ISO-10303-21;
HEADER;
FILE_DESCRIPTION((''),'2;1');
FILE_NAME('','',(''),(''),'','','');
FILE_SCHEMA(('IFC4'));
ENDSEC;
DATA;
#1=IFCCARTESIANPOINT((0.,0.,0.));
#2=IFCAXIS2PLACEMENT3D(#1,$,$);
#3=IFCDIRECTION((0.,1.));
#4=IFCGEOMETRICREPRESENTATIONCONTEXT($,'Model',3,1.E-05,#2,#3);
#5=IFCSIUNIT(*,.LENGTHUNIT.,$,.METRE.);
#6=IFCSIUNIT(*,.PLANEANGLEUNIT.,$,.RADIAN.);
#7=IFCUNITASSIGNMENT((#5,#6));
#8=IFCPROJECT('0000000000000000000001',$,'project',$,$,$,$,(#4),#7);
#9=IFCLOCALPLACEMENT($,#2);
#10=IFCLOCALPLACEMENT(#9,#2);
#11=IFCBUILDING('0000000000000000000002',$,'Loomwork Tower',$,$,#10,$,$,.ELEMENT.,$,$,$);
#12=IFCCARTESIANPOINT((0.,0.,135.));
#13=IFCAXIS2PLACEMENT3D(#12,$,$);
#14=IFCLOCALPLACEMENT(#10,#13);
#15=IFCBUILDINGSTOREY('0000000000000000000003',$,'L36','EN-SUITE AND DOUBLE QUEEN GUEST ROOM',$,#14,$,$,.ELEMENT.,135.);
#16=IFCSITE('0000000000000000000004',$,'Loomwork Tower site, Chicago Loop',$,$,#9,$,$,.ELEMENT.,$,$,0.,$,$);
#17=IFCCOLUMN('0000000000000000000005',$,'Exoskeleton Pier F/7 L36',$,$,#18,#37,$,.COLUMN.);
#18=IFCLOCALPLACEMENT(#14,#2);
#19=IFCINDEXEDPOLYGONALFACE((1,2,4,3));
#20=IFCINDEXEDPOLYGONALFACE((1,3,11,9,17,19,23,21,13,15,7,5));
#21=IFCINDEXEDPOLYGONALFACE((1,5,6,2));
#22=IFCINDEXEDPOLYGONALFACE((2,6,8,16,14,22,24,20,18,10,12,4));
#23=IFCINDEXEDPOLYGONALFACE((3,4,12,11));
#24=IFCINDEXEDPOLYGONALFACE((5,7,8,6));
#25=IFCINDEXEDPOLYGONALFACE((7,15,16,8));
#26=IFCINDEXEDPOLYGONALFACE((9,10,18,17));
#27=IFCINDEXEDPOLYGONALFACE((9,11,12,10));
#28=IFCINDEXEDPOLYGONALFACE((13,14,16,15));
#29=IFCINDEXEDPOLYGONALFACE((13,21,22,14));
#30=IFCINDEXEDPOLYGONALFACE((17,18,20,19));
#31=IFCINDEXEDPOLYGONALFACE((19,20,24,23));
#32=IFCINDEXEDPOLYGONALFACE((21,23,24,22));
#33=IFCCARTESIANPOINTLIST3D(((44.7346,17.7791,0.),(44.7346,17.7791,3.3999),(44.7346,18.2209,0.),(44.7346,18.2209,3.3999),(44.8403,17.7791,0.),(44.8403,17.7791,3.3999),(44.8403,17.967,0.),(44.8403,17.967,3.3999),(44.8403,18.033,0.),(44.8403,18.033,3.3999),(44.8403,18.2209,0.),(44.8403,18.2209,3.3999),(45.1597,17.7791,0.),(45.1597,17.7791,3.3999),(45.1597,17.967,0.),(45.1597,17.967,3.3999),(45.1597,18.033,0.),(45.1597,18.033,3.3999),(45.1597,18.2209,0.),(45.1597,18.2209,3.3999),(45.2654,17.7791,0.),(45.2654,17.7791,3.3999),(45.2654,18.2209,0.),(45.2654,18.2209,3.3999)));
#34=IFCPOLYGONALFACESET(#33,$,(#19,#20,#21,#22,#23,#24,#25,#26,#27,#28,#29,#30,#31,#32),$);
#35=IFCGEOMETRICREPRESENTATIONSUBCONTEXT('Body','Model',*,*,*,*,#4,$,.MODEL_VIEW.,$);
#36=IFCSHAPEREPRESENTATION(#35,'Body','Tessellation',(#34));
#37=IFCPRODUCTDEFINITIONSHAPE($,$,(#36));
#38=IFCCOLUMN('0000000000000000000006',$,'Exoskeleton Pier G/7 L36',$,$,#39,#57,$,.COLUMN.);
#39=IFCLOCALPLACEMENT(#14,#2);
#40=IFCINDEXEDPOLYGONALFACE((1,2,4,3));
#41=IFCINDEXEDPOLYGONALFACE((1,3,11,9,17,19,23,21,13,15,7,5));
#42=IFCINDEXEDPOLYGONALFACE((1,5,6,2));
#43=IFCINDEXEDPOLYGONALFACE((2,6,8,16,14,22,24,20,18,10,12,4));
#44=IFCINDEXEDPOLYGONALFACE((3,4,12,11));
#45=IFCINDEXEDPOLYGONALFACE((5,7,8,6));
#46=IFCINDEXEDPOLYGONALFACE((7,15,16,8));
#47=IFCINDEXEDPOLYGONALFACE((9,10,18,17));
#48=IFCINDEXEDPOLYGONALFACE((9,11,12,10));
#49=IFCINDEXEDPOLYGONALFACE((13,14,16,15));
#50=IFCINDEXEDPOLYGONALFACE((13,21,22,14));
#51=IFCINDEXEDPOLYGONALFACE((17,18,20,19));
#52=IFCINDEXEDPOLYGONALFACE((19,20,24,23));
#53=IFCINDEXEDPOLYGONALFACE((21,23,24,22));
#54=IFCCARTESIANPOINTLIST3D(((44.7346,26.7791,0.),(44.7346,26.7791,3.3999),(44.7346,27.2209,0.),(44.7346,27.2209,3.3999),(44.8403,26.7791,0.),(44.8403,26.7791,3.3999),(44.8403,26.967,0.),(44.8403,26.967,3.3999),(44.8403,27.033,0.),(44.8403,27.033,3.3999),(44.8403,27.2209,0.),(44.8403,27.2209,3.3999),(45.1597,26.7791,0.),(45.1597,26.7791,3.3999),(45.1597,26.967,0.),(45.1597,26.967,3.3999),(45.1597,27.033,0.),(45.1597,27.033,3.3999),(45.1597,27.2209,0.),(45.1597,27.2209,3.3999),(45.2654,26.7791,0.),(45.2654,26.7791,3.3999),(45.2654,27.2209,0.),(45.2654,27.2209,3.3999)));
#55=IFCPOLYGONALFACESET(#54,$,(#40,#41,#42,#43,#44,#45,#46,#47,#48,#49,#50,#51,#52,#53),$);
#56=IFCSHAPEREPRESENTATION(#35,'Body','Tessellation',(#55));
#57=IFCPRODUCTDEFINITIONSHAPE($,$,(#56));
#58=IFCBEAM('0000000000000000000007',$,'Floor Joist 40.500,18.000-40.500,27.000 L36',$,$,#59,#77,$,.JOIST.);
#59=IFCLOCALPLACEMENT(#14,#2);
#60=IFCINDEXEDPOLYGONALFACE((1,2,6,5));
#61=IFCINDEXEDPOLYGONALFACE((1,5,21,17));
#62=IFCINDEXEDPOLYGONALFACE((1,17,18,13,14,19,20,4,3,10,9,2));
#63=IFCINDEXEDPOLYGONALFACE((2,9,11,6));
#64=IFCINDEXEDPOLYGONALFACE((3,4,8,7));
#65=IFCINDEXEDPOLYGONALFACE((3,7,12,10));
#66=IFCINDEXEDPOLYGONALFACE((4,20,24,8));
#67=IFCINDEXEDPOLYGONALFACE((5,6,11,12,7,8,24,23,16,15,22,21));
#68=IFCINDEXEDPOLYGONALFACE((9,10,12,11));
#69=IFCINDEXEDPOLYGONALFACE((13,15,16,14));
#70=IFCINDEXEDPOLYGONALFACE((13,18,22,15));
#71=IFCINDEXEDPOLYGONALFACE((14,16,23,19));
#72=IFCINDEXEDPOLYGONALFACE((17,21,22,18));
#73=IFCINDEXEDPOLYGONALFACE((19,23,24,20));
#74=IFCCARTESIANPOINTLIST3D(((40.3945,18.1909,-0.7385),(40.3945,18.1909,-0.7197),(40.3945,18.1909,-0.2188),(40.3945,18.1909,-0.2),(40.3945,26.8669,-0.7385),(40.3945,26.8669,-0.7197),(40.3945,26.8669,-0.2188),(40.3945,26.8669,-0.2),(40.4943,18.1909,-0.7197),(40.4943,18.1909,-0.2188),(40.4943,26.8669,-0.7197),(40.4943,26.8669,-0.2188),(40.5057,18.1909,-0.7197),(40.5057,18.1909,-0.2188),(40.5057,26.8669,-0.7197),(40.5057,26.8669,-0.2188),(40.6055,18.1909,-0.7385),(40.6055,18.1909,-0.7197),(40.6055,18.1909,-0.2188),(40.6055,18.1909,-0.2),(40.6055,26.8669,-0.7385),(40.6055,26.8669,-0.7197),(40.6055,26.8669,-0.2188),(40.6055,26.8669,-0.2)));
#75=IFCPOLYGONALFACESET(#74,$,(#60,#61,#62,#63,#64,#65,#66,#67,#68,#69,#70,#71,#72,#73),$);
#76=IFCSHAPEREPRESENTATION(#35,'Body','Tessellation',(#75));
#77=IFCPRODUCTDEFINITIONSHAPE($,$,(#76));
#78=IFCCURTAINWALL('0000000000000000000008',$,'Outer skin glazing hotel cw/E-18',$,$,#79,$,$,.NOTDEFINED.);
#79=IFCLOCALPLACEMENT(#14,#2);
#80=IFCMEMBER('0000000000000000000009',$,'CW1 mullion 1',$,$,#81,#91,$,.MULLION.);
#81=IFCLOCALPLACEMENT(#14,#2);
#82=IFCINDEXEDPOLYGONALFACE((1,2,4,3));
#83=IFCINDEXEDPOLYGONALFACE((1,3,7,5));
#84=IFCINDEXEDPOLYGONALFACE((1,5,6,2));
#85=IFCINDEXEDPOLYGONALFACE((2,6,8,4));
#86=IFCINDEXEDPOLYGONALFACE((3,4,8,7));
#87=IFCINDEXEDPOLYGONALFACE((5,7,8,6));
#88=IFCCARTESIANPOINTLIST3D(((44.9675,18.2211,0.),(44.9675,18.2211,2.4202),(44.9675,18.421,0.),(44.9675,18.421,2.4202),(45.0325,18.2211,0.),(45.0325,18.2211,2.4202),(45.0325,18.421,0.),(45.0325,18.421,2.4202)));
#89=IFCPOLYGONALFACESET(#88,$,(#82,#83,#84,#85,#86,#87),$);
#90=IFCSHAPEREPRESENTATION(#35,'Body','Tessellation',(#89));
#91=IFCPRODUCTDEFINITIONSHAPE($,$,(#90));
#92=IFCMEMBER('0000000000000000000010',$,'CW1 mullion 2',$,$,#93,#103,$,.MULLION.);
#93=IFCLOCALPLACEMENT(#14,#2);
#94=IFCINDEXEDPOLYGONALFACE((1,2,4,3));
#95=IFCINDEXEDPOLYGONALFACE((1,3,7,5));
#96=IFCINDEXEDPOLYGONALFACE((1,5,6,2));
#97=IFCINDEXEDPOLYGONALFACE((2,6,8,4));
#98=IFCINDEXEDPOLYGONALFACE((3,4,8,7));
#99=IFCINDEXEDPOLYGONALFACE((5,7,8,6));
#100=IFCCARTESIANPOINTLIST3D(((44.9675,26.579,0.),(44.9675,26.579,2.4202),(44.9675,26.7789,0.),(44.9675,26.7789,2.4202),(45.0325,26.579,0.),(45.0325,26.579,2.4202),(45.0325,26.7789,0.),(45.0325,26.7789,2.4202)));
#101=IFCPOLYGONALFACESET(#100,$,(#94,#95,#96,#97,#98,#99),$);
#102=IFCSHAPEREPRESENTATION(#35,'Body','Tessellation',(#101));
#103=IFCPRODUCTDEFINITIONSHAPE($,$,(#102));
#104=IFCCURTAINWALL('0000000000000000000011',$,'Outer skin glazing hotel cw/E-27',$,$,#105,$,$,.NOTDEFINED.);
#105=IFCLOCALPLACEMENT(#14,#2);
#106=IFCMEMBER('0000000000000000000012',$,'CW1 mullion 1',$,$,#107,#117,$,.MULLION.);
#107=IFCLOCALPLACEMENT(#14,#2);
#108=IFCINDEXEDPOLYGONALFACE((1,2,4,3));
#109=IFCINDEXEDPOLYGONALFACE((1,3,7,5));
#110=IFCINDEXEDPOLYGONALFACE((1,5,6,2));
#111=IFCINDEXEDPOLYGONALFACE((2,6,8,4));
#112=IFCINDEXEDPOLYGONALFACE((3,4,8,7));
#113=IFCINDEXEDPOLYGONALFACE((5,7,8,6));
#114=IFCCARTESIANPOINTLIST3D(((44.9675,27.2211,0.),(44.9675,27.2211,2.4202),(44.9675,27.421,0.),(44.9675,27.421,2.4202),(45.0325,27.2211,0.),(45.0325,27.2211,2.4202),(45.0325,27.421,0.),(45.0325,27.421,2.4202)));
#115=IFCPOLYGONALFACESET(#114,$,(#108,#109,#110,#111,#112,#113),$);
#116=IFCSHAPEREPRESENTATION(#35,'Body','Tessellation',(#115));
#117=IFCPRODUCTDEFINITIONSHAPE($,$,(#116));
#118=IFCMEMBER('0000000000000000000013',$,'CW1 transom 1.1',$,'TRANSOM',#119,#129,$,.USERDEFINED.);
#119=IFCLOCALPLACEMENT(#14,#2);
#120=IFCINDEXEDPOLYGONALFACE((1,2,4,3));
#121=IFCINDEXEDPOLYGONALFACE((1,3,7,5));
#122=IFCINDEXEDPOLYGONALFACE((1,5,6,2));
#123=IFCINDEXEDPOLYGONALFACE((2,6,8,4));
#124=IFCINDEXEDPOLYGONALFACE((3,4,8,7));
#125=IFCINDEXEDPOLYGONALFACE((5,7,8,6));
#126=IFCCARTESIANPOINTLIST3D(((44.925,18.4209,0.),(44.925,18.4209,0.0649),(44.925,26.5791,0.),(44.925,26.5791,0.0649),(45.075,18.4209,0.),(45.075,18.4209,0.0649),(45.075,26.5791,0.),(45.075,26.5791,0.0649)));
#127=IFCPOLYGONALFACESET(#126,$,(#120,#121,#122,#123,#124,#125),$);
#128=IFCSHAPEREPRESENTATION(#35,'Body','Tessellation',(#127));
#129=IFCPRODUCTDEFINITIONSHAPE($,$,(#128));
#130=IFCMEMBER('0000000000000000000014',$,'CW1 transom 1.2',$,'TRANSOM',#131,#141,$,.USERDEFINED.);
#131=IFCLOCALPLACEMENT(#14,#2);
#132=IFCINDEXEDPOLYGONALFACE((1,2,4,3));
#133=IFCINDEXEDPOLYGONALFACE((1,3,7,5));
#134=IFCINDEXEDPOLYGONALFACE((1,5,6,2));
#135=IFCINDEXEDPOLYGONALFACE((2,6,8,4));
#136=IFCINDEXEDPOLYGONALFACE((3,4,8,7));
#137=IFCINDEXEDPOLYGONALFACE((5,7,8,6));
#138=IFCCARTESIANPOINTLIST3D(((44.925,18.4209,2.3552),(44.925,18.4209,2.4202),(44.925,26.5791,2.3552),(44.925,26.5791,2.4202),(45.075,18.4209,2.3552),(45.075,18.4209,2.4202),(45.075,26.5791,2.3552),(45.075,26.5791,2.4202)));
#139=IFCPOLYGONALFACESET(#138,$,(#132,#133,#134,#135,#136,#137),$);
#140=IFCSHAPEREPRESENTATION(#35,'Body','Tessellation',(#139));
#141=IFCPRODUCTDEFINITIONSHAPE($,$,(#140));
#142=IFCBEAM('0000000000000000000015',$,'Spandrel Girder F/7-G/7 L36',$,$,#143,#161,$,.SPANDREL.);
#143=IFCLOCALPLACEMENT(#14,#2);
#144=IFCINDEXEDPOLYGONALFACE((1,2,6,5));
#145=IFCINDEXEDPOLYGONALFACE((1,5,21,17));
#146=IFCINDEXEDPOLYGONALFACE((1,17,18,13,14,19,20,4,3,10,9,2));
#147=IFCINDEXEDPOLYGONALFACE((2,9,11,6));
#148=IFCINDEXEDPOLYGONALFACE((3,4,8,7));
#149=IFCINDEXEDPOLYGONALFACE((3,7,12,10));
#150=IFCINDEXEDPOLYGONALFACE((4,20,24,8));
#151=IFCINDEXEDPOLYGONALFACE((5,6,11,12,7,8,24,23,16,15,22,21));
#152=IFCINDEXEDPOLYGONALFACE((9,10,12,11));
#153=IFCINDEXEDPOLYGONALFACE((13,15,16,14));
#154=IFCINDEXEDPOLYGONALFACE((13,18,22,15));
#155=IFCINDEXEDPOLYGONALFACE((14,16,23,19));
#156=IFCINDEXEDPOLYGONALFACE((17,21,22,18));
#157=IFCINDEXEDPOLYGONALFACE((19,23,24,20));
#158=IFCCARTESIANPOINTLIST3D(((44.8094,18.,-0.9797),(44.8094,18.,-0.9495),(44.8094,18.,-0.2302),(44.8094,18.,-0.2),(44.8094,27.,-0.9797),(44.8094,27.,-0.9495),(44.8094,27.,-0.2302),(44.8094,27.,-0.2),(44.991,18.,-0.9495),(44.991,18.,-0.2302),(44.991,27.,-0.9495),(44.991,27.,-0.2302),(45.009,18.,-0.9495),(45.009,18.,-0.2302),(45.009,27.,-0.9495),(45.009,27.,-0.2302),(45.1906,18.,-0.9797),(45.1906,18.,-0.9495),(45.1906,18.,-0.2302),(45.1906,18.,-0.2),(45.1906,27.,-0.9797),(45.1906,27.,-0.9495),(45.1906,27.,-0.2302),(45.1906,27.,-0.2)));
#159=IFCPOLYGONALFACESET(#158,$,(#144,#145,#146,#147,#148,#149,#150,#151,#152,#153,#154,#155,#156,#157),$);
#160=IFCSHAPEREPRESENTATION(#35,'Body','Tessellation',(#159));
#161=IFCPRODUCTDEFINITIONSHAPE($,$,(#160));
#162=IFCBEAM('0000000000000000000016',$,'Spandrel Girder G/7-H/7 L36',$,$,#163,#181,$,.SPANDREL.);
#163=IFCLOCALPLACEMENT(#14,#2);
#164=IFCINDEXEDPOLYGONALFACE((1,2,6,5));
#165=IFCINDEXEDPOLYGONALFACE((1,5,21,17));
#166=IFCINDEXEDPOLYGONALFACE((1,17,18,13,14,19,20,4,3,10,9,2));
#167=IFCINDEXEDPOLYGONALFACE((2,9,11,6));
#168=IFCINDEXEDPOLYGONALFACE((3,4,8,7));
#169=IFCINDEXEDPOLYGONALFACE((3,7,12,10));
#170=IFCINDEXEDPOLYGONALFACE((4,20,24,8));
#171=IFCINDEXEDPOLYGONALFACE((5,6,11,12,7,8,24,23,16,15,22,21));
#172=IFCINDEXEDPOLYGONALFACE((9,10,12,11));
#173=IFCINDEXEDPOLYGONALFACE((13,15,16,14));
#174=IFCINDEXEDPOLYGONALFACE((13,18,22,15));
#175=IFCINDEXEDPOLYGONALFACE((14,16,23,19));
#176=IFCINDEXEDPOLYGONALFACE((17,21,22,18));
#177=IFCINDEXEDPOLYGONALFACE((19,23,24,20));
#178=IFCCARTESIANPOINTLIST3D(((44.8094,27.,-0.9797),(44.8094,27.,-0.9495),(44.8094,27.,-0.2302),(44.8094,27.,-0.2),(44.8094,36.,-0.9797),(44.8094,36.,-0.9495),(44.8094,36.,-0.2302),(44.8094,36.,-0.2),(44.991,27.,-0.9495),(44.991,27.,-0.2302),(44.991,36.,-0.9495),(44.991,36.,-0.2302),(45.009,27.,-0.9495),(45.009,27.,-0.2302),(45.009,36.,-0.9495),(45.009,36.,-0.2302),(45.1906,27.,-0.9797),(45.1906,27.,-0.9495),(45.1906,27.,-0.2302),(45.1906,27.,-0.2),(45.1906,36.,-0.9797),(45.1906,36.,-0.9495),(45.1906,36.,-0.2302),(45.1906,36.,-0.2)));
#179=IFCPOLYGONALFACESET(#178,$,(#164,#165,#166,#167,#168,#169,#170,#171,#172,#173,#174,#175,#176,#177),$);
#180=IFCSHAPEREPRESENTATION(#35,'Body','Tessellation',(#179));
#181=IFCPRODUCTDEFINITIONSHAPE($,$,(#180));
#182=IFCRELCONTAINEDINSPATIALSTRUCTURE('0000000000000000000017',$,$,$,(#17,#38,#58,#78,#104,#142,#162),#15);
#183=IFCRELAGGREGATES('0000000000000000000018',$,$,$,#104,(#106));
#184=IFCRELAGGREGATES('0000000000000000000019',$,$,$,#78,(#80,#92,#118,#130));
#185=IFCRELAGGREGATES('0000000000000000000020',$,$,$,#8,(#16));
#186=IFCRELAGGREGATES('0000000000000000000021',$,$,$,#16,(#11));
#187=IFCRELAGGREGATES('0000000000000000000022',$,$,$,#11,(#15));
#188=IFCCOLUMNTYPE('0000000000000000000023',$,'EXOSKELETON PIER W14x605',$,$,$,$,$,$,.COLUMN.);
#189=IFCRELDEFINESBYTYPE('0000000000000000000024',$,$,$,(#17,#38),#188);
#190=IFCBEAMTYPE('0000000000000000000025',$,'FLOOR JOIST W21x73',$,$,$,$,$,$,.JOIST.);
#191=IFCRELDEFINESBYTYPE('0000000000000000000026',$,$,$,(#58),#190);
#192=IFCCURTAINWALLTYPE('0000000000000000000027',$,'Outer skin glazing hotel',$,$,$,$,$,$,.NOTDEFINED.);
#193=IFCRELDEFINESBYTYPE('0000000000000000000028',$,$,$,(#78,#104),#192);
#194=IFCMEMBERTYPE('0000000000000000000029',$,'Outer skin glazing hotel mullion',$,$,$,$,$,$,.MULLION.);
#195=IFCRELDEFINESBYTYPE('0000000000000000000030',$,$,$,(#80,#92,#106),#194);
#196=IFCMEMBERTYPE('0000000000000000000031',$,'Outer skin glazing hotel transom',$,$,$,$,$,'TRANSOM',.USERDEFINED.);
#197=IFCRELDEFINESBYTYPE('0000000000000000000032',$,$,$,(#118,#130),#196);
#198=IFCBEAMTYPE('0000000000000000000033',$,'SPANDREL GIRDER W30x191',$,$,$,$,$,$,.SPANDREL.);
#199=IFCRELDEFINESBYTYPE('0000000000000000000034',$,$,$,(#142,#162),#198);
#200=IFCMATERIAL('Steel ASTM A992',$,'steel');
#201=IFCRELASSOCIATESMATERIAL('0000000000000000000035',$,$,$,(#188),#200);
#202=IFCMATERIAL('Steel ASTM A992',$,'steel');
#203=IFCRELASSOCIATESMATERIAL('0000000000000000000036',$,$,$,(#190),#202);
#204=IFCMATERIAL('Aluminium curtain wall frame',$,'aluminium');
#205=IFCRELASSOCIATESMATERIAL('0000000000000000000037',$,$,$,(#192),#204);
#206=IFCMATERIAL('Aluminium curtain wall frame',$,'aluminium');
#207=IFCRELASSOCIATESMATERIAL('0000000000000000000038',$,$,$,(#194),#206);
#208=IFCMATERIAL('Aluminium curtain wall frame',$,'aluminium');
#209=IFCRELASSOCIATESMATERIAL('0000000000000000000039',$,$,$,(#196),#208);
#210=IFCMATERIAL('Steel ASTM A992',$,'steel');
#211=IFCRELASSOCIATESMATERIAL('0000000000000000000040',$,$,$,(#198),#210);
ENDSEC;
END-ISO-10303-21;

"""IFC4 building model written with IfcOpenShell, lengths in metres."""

from ifc_helpers import new_model, si_unit, direction, frame, origin, origin_2d, place, context, subcontext, project, spatial, rectangle, i_section, extrude, material, material_profile, profile_set, type_object, element, aggregate, save


model = new_model("IFC4")

# Units and contexts
model_context = context("Model", 3, precision=1e-05, world=origin(), true_north=direction((0.0, 1.0)))
body_context = subcontext(model_context, "Body", "Model", "MODEL_VIEW")
ifc_project = project(units=[si_unit("LENGTHUNIT", "METRE"), si_unit("PLANEANGLEUNIT", "RADIAN")], contexts=[model_context])

# Site, building, storey
site_placement = place(None, origin())
site = spatial("IfcSite", under=ifc_project, at=site_placement, Name="Loomwork Tower site, Chicago Loop", CompositionType="ELEMENT", RefElevation=0.0)
building_placement = place(site_placement, origin())
building = spatial("IfcBuilding", under=site, at=building_placement, Name="Loomwork Tower", CompositionType="ELEMENT")
storey_placement = place(building_placement, frame((0.0, 0.0, 135.0)))
storey = spatial("IfcBuildingStorey", under=building, at=storey_placement, Name="L36", Description="EN-SUITE AND DOUBLE QUEEN GUEST ROOM", CompositionType="ELEMENT", Elevation=135.0)

# Columns
ifc_material_1 = material(Name="Steel ASTM A992", Category="steel")
ifc_material_profile_1 = material_profile(ifc_material_1, i_section(OverallWidth=0.4419, OverallDepth=0.5308, WebThickness=0.0659, FlangeThickness=0.1057, at=origin_2d()), Name="W14x605")
ifc_profile_set_1 = profile_set([ifc_material_profile_1], Name="Steel ASTM A992")
column_type = type_object("IfcColumnType", Name="EXOSKELETON PIER W14x605", PredefinedType="COLUMN", material=ifc_profile_set_1)
for number, where, z_axis, x_axis, name in (
    (1, (45.0, 18.0, 0.0), (0.0, 0.0, 1.0), (0.0, 1.0, 0.0), "Exoskeleton Pier F/7 L36"),
    (2, (45.0, 27.0, 0.0), (0.0, 0.0, 1.0), (0.0, 1.0, 0.0), "Exoskeleton Pier G/7 L36"),
):
    element("IfcColumn", number, at=place(storey_placement, frame(where, z_axis=z_axis, x_axis=x_axis)), inside=storey, type_object=column_type, Name=name, PredefinedType="COLUMN", context=body_context, shape_type="SweptSolid", body=[
        extrude(i_section(OverallWidth=0.4419, OverallDepth=0.5308, WebThickness=0.0659, FlangeThickness=0.1057, at=origin_2d()), origin(), (0.0, 0.0, 1.0), 3.3999),
    ])

# Beam
ifc_material_2 = material(Name="Steel ASTM A992", Category="steel")
ifc_material_profile_2 = material_profile(ifc_material_2, i_section(OverallWidth=0.2109, OverallDepth=0.5386, WebThickness=0.0115, FlangeThickness=0.0188, at=origin_2d()), Name="W21x73")
ifc_profile_set_2 = profile_set([ifc_material_profile_2], Name="Steel ASTM A992")
beam_type_1 = type_object("IfcBeamType", Name="FLOOR JOIST W21x73", PredefinedType="JOIST", material=ifc_profile_set_2)
beam_placement = place(storey_placement, frame((40.5, 18.1909, -0.4692), z_axis=(0.0, 1.0, 0.0), x_axis=(-1.0, 0.0, 0.0)))
element("IfcBeam", 3, at=beam_placement, inside=storey, type_object=beam_type_1, Name="Floor Joist 40.500,18.000-40.500,27.000 L36", PredefinedType="JOIST", context=body_context, shape_type="SweptSolid", body=[
    extrude(i_section(OverallWidth=0.2109, OverallDepth=0.5386, WebThickness=0.0115, FlangeThickness=0.0188, at=origin_2d()), origin(), (0.0, 0.0, 1.0), 8.676),
])

# Curtain wall, members
ifc_material_3 = material(Name="Aluminium curtain wall frame", Category="aluminium")
curtain_wall_type = type_object("IfcCurtainWallType", Name="Outer skin glazing hotel", PredefinedType="NOTDEFINED", material=ifc_material_3)
curtain_wall_1_placement = place(storey_placement, origin())
curtain_wall_1 = element("IfcCurtainWall", 4, at=curtain_wall_1_placement, inside=storey, type_object=curtain_wall_type, Name="Outer skin glazing hotel cw/E-18", PredefinedType="NOTDEFINED")
ifc_material_4 = material(Name="Aluminium curtain wall frame", Category="aluminium")
ifc_material_profile_3 = material_profile(ifc_material_4, rectangle(XDim=0.0649, YDim=0.2, at=origin_2d()), Name="AL 65x200")
ifc_profile_set_3 = profile_set([ifc_material_profile_3], Name="Aluminium curtain wall frame")
member_type_1 = type_object("IfcMemberType", Name="Outer skin glazing hotel mullion", PredefinedType="MULLION", material=ifc_profile_set_3)
member_1_placement = place(storey_placement, frame((45.0, 18.321, 0.0), z_axis=(0.0, 0.0, 1.0), x_axis=(-1.0, 0.0, 0.0)))
member_1 = element("IfcMember", 5, at=member_1_placement, type_object=member_type_1, Name="CW1 mullion 1", PredefinedType="MULLION", context=body_context, shape_type="SweptSolid", body=[
    extrude(rectangle(XDim=0.0649, YDim=0.2, at=origin_2d()), origin(), (0.0, 0.0, 1.0), 2.4202),
])
member_2_placement = place(storey_placement, frame((45.0, 26.679, 0.0), z_axis=(0.0, 0.0, 1.0), x_axis=(-1.0, 0.0, 0.0)))
member_2 = element("IfcMember", 6, at=member_2_placement, type_object=member_type_1, Name="CW1 mullion 2", PredefinedType="MULLION", context=body_context, shape_type="SweptSolid", body=[
    extrude(rectangle(XDim=0.0649, YDim=0.2, at=origin_2d()), origin(), (0.0, 0.0, 1.0), 2.4202),
])

# Curtain wall, member
curtain_wall_2_placement = place(storey_placement, origin())
curtain_wall_2 = element("IfcCurtainWall", 7, at=curtain_wall_2_placement, inside=storey, type_object=curtain_wall_type, Name="Outer skin glazing hotel cw/E-27", PredefinedType="NOTDEFINED")
member_3_placement = place(storey_placement, frame((45.0, 27.321, 0.0), z_axis=(0.0, 0.0, 1.0), x_axis=(-1.0, 0.0, 0.0)))
member_3 = element("IfcMember", 8, at=member_3_placement, type_object=member_type_1, Name="CW1 mullion 1", PredefinedType="MULLION", context=body_context, shape_type="SweptSolid", body=[
    extrude(rectangle(XDim=0.0649, YDim=0.2, at=origin_2d()), origin(), (0.0, 0.0, 1.0), 2.4202),
])
aggregate(curtain_wall_2, [member_3])

# Members
ifc_material_5 = material(Name="Aluminium curtain wall frame", Category="aluminium")
ifc_material_profile_4 = material_profile(ifc_material_5, rectangle(XDim=0.1499, YDim=0.0649, at=origin_2d()), Name="AL 65x150")
ifc_profile_set_4 = profile_set([ifc_material_profile_4], Name="Aluminium curtain wall frame")
member_type_2 = type_object("IfcMemberType", Name="Outer skin glazing hotel transom", ElementType="TRANSOM", PredefinedType="USERDEFINED", material=ifc_profile_set_4)
member_4_placement = place(storey_placement, frame((45.0, 18.4209, 0.0325), z_axis=(0.0, 1.0, 0.0), x_axis=(-1.0, 0.0, 0.0)))
member_4 = element("IfcMember", 9, at=member_4_placement, type_object=member_type_2, Name="CW1 transom 1.1", ObjectType="TRANSOM", PredefinedType="USERDEFINED", context=body_context, shape_type="SweptSolid", body=[
    extrude(rectangle(XDim=0.1499, YDim=0.0649, at=origin_2d()), origin(), (0.0, 0.0, 1.0), 8.1582),
])
member_5_placement = place(storey_placement, frame((45.0, 18.4209, 2.3877), z_axis=(0.0, 1.0, 0.0), x_axis=(-1.0, 0.0, 0.0)))
member_5 = element("IfcMember", 10, at=member_5_placement, type_object=member_type_2, Name="CW1 transom 1.2", ObjectType="TRANSOM", PredefinedType="USERDEFINED", context=body_context, shape_type="SweptSolid", body=[
    extrude(rectangle(XDim=0.1499, YDim=0.0649, at=origin_2d()), origin(), (0.0, 0.0, 1.0), 8.1582),
])

# Beams
ifc_material_6 = material(Name="Steel ASTM A992", Category="steel")
ifc_material_profile_5 = material_profile(ifc_material_6, i_section(OverallWidth=0.3811, OverallDepth=0.7798, WebThickness=0.0181, FlangeThickness=0.0303, at=origin_2d()), Name="W30x191")
ifc_profile_set_5 = profile_set([ifc_material_profile_5], Name="Steel ASTM A992")
beam_type_2 = type_object("IfcBeamType", Name="SPANDREL GIRDER W30x191", PredefinedType="SPANDREL", material=ifc_profile_set_5)
for number, where, z_axis, x_axis, name in (
    (11, (45.0, 18.0, -0.5898), (0.0, 1.0, 0.0), (-1.0, 0.0, 0.0), "Spandrel Girder F/7-G/7 L36"),
    (12, (45.0, 27.0, -0.5898), (0.0, 1.0, 0.0), (-1.0, 0.0, 0.0), "Spandrel Girder G/7-H/7 L36"),
):
    element("IfcBeam", number, at=place(storey_placement, frame(where, z_axis=z_axis, x_axis=x_axis)), inside=storey, type_object=beam_type_2, Name=name, PredefinedType="SPANDREL", context=body_context, shape_type="SweptSolid", body=[
        extrude(i_section(OverallWidth=0.3811, OverallDepth=0.7798, WebThickness=0.0181, FlangeThickness=0.0303, at=origin_2d()), origin(), (0.0, 0.0, 1.0), 9.0),
    ])

aggregate(curtain_wall_1, [member_1, member_2, member_4, member_5])

save(model, "model.ifc")
